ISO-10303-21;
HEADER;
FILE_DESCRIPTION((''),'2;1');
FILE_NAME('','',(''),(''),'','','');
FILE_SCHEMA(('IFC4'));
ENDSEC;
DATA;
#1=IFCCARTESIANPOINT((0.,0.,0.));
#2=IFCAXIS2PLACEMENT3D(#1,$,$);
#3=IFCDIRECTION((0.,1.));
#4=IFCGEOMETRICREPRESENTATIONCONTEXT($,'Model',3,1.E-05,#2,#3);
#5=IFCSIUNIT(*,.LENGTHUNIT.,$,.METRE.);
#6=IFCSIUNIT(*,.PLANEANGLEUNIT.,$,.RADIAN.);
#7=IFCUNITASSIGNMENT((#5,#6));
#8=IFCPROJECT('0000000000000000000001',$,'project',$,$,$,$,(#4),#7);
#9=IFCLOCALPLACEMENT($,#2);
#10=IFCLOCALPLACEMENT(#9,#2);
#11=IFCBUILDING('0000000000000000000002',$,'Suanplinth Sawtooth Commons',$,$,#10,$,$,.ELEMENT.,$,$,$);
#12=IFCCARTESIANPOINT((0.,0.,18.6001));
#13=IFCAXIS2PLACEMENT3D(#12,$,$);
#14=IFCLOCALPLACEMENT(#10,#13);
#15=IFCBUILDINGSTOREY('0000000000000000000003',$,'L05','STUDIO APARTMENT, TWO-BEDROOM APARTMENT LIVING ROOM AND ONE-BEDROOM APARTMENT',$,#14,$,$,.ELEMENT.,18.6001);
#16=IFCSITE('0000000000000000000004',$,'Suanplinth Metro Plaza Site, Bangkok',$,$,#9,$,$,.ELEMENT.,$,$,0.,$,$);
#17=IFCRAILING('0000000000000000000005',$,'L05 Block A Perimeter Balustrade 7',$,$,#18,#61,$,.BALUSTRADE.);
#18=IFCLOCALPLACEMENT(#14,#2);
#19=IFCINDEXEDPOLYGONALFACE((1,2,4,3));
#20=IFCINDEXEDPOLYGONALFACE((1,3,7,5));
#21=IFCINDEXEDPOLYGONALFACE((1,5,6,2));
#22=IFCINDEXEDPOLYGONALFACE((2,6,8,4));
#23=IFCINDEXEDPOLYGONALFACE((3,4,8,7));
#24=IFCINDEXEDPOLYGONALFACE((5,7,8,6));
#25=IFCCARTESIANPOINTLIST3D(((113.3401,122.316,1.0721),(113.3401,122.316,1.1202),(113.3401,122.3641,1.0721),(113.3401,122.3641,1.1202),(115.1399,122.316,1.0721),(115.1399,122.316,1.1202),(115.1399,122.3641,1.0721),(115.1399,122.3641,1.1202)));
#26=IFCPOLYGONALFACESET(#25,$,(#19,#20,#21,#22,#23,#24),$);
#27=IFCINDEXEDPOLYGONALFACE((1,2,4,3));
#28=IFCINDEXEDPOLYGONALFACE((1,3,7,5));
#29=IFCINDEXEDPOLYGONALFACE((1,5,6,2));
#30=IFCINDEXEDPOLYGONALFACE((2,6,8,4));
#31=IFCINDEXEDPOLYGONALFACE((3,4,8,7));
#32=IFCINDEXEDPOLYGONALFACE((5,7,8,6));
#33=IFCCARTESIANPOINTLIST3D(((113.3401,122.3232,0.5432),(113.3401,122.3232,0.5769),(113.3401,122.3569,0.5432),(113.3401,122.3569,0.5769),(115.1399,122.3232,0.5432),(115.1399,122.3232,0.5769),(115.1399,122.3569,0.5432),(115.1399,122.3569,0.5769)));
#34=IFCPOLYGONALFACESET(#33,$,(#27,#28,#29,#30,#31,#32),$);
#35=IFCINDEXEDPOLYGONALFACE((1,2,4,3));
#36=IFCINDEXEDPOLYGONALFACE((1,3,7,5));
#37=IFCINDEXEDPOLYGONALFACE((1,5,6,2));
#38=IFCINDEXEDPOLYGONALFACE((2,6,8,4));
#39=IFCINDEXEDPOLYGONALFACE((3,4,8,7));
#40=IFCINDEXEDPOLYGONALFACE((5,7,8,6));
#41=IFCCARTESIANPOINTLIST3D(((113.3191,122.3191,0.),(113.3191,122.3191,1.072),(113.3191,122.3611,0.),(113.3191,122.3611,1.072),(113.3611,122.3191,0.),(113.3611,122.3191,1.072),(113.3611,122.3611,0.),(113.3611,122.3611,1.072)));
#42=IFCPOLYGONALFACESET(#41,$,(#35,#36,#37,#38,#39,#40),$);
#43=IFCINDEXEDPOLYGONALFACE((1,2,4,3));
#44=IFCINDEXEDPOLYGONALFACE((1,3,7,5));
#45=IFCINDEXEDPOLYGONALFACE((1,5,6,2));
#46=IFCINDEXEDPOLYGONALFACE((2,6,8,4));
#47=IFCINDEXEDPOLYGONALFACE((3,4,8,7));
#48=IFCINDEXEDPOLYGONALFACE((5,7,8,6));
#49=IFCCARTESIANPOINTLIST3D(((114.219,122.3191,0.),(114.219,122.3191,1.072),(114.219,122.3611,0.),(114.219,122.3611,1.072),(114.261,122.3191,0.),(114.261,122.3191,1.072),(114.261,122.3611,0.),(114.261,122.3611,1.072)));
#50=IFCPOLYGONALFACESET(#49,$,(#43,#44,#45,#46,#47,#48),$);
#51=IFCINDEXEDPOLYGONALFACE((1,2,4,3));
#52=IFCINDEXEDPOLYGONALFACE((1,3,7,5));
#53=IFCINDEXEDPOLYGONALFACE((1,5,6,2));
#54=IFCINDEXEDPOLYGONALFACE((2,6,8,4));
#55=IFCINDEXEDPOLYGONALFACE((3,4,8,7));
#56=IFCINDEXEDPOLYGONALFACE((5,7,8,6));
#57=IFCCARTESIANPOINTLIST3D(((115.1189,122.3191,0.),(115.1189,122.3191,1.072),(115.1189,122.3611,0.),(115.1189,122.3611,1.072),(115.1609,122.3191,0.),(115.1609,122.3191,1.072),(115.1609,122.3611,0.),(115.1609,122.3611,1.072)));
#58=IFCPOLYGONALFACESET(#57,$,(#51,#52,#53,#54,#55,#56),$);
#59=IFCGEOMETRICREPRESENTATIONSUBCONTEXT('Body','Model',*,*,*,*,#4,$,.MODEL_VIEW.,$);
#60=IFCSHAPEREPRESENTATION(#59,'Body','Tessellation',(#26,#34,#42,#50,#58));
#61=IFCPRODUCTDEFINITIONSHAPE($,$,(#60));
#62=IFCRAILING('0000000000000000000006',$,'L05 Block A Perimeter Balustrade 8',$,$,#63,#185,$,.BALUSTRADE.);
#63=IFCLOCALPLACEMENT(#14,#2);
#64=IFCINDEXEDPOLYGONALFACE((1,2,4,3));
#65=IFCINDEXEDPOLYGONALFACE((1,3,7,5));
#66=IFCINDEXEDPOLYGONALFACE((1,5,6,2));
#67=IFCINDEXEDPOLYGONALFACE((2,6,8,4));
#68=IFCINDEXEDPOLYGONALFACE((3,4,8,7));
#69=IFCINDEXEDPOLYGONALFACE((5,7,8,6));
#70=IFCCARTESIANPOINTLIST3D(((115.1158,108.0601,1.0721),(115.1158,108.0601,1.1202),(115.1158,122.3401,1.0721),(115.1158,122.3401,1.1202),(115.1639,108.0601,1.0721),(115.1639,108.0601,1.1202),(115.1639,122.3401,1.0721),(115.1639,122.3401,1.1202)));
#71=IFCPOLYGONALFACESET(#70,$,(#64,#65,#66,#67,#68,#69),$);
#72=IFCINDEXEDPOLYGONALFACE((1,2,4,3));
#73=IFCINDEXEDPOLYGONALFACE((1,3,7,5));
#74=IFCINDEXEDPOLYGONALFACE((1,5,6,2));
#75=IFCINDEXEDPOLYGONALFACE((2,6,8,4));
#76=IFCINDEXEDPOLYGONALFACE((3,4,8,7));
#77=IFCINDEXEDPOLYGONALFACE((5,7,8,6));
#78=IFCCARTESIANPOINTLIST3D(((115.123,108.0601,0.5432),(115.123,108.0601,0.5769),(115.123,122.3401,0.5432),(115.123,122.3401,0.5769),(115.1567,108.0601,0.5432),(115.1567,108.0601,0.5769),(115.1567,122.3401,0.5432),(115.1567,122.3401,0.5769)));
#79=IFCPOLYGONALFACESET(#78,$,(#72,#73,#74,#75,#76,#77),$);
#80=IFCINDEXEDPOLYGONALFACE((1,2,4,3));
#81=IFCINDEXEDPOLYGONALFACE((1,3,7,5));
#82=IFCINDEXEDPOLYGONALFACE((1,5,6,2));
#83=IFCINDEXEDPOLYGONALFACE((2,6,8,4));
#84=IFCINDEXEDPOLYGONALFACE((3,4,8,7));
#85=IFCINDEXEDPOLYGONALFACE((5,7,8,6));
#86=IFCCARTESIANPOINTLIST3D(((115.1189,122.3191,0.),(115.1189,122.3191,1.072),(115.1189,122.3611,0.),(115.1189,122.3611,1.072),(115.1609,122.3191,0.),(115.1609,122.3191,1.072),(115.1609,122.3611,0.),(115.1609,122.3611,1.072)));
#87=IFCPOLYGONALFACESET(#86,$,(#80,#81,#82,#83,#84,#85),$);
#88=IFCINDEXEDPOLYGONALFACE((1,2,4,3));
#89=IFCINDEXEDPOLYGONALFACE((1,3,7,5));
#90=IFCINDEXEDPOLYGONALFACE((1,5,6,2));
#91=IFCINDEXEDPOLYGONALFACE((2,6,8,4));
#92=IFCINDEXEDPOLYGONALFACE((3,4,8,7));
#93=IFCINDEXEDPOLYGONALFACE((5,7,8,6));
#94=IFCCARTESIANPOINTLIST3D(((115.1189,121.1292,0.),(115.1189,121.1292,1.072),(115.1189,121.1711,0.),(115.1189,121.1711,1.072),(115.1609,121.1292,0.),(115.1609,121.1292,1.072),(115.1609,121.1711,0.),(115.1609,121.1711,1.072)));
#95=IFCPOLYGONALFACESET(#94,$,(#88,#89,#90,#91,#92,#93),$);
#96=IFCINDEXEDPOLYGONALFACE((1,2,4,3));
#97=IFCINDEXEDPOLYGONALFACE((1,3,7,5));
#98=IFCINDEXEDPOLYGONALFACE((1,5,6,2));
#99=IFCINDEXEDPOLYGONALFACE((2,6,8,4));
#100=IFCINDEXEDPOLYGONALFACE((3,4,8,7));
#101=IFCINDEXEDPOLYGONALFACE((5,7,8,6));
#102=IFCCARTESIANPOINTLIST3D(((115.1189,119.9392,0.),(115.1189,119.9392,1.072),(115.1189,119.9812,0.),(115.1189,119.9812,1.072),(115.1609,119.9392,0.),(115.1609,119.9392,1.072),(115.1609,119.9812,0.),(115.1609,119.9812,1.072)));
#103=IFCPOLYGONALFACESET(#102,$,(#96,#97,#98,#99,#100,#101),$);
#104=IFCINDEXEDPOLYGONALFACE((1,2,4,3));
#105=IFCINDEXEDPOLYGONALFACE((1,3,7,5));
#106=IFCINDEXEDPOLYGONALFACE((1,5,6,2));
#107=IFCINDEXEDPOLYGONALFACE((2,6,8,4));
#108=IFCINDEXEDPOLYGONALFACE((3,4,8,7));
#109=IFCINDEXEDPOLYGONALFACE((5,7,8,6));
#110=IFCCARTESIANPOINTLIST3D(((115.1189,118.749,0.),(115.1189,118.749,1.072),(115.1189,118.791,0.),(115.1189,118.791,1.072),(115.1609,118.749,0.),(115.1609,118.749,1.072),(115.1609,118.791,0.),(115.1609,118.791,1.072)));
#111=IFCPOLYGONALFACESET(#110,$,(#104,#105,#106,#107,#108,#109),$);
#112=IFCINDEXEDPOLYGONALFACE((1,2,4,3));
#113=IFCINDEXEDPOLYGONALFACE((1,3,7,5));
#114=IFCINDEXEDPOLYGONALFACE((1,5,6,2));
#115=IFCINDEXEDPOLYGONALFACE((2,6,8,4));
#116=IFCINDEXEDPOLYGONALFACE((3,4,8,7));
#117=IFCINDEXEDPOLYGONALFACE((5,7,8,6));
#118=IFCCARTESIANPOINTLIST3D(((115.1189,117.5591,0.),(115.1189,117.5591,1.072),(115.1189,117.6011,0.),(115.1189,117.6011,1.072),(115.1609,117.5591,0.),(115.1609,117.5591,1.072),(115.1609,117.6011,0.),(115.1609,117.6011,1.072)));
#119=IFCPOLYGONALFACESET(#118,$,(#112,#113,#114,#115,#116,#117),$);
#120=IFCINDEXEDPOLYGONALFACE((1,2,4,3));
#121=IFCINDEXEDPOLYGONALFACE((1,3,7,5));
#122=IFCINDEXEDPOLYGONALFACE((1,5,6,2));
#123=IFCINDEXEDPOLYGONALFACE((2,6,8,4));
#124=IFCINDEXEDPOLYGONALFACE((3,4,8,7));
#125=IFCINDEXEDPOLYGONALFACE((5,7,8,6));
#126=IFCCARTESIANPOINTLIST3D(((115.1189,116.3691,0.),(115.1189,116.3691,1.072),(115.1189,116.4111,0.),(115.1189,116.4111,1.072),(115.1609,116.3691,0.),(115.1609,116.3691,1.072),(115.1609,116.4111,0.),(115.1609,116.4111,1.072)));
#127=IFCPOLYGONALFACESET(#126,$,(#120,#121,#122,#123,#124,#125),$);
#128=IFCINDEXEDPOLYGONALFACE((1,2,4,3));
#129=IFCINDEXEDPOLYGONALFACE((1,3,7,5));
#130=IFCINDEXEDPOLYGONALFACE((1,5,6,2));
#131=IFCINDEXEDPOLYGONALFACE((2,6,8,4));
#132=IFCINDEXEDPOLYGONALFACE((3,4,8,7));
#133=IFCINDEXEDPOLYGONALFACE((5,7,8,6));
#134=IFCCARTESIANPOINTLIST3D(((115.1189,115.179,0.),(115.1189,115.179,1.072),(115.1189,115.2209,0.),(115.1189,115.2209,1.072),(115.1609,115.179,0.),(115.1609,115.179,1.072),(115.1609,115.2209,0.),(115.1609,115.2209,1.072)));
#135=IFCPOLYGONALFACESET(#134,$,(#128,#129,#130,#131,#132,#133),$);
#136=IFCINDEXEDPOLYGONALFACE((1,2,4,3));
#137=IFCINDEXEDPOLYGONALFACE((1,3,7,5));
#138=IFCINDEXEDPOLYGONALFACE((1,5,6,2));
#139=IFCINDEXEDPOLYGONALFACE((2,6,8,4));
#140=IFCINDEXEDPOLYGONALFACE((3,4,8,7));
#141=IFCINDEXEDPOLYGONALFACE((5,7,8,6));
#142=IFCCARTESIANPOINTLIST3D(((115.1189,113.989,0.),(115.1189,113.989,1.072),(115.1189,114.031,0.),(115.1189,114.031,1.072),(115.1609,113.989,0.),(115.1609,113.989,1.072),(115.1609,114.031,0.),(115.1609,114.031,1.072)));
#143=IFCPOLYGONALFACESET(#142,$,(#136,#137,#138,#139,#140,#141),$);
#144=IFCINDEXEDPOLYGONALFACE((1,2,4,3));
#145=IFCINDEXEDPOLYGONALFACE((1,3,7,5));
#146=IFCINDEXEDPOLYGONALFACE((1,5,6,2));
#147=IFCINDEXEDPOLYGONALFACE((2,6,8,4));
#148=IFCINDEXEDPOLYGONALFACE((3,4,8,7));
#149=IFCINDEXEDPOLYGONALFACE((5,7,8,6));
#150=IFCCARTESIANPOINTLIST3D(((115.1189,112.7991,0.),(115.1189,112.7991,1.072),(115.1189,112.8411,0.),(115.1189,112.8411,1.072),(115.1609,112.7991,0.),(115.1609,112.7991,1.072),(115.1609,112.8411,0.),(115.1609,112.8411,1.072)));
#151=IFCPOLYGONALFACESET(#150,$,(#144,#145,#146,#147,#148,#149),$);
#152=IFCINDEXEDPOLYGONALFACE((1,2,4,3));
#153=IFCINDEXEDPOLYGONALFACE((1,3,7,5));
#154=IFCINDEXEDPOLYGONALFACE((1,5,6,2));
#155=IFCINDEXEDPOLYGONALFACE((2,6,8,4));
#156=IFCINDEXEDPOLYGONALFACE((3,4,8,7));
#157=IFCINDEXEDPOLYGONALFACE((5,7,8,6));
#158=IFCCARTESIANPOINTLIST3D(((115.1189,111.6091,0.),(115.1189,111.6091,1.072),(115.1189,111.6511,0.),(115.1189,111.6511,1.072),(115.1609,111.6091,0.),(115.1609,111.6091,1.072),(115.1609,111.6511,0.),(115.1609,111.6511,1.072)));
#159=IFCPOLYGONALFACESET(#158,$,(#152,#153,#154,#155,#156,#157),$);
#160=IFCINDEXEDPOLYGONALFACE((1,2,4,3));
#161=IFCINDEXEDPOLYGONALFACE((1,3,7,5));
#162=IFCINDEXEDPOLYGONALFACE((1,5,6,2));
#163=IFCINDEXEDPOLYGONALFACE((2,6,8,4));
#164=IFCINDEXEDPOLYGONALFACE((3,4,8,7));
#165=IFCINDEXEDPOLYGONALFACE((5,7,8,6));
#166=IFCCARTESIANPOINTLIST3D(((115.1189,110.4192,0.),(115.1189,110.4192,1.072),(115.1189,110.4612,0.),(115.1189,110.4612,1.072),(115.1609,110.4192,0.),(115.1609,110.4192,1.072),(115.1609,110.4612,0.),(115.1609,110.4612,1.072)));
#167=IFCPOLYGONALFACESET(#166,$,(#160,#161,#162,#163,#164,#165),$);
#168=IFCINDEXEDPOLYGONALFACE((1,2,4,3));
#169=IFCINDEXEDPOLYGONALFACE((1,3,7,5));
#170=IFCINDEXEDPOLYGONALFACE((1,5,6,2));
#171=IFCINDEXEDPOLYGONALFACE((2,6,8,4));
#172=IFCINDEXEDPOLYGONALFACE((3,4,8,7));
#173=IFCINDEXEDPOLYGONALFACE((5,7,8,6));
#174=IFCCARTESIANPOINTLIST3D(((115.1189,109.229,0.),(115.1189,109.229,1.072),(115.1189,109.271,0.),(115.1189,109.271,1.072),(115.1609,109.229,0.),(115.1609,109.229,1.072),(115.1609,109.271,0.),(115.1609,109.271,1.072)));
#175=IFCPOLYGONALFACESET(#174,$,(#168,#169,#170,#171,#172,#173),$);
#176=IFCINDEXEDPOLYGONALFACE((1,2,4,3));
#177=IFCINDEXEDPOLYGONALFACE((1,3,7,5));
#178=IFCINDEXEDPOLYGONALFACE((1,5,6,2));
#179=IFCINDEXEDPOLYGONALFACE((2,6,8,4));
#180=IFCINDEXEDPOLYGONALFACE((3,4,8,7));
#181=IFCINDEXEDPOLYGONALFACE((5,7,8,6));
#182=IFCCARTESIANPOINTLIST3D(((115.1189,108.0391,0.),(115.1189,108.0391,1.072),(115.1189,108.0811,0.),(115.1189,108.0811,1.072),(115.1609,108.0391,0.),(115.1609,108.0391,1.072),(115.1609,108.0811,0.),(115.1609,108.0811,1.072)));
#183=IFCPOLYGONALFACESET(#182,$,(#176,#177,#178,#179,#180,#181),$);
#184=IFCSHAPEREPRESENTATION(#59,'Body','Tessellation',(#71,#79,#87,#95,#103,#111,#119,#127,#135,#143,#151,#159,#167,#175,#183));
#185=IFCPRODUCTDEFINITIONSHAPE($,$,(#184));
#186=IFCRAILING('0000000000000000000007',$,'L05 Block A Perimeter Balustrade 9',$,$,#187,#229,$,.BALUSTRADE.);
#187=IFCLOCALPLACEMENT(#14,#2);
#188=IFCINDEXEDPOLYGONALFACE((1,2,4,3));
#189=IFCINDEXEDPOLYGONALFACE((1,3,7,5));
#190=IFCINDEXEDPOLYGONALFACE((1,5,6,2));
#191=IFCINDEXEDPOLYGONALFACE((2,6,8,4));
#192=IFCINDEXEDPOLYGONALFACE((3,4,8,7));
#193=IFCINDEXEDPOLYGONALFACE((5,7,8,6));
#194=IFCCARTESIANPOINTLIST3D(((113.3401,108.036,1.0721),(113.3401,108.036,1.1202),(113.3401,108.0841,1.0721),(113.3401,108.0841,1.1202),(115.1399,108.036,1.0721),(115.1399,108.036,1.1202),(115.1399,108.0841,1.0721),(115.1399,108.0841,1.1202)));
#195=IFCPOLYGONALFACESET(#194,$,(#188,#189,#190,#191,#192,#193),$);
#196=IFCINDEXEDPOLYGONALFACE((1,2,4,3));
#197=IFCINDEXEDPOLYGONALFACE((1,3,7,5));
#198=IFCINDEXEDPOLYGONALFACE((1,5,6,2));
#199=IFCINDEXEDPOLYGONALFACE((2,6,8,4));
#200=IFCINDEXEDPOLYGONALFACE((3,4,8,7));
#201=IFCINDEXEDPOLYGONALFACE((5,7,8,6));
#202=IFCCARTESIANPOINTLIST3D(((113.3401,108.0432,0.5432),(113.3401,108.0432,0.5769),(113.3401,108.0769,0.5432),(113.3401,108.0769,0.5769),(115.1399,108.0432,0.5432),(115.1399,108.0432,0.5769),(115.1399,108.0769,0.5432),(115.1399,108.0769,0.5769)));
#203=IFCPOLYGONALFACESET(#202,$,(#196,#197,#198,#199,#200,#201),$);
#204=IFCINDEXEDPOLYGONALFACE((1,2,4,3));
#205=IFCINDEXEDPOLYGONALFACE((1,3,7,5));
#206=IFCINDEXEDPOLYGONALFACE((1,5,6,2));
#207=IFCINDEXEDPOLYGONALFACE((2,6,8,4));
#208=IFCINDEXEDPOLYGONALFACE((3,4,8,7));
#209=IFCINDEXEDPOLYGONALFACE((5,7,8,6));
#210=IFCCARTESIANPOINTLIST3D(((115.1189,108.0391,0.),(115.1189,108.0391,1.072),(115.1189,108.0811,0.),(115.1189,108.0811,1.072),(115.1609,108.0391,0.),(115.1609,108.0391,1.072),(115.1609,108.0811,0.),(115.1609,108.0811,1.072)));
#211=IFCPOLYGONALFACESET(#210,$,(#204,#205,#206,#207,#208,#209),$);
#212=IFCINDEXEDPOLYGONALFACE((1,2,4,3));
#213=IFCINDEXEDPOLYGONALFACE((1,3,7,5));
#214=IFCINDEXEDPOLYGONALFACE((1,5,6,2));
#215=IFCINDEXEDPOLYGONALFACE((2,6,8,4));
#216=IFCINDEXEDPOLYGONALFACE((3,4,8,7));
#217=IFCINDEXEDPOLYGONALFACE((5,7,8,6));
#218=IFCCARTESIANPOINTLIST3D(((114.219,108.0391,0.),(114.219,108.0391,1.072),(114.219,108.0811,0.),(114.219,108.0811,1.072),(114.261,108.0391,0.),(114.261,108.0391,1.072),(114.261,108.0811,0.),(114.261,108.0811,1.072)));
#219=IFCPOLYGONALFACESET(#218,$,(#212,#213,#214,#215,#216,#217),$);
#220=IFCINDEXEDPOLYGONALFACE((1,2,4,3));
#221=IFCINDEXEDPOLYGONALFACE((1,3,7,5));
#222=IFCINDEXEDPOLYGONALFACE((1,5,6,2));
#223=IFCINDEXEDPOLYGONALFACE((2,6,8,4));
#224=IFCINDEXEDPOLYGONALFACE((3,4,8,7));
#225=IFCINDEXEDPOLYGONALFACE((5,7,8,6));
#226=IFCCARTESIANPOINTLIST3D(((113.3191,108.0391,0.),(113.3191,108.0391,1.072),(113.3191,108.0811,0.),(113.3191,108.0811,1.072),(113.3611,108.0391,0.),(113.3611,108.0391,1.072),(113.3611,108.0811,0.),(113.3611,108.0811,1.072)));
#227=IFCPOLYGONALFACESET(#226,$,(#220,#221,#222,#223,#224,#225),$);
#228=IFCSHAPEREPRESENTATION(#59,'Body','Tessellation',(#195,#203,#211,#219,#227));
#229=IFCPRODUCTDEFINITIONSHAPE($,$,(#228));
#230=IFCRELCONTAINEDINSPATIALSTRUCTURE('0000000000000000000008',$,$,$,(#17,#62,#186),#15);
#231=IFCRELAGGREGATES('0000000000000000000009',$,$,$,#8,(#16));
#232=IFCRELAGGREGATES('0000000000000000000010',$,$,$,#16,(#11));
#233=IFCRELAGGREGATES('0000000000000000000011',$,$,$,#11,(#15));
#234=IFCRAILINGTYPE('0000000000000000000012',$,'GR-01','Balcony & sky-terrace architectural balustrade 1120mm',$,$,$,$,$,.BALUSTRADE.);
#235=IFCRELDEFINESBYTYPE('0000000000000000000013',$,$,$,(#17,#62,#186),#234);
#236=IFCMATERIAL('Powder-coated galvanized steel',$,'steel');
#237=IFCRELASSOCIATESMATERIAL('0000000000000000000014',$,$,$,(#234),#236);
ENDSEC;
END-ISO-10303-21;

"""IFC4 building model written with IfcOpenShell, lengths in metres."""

from ifc_helpers import new_model, si_unit, direction, frame, origin, origin_2d, place, context, subcontext, project, spatial, rectangle, extrude, material, type_object, element, save


model = new_model("IFC4")

# Units and contexts
model_context = context("Model", 3, precision=1e-05, world=origin(), true_north=direction((0.0, 1.0)))
body_context = subcontext(model_context, "Body", "Model", "MODEL_VIEW")
ifc_project = project(units=[si_unit("LENGTHUNIT", "METRE"), si_unit("PLANEANGLEUNIT", "RADIAN")], contexts=[model_context])

# Site, building, storey
site_placement = place(None, origin())
site = spatial("IfcSite", under=ifc_project, at=site_placement, Name="Suanplinth Metro Plaza Site, Bangkok", CompositionType="ELEMENT", RefElevation=0.0)
building_placement = place(site_placement, origin())
building = spatial("IfcBuilding", under=site, at=building_placement, Name="Suanplinth Sawtooth Commons", CompositionType="ELEMENT")
storey_placement = place(building_placement, frame((0.0, 0.0, 18.6001)))
storey = spatial("IfcBuildingStorey", under=building, at=storey_placement, Name="L05", Description="STUDIO APARTMENT, TWO-BEDROOM APARTMENT LIVING ROOM AND ONE-BEDROOM APARTMENT", CompositionType="ELEMENT", Elevation=18.6001)

# Railings
ifc_material_1 = material(Name="Powder-coated galvanized steel", Category="steel")
railing_type = type_object("IfcRailingType", Name="GR-01", Description="Balcony & sky-terrace architectural balustrade 1120mm", PredefinedType="BALUSTRADE", material=ifc_material_1)
railing_1_placement = place(storey_placement, frame((113.3401, 122.3401, 0.0)))
element("IfcRailing", 1, at=railing_1_placement, inside=storey, type_object=railing_type, Name="L05 Block A Perimeter Balustrade 7", PredefinedType="BALUSTRADE", context=body_context, shape_type="SweptSolid", body=[
    extrude(rectangle(XDim=0.0481, YDim=0.0481, at=origin_2d()), frame((0.0, 0.0, 1.0962), z_axis=(1.0, 0.0, 0.0), x_axis=(0.0, 1.0, 0.0)), (0.0, 0.0, 1.0), 1.7998),
    extrude(rectangle(XDim=0.0337, YDim=0.0337, at=origin_2d()), frame((0.0, 0.0, 0.5601), z_axis=(1.0, 0.0, 0.0), x_axis=(0.0, 1.0, 0.0)), (0.0, 0.0, 1.0), 1.7998),
    extrude(rectangle(XDim=0.042, YDim=0.042, at=origin_2d()), origin(), (0.0, 0.0, 1.0), 1.072),
    extrude(rectangle(XDim=0.042, YDim=0.042, at=origin_2d()), frame((0.8999, 0.0, 0.0)), (0.0, 0.0, 1.0), 1.072),
    extrude(rectangle(XDim=0.042, YDim=0.042, at=origin_2d()), frame((1.7998, 0.0, 0.0)), (0.0, 0.0, 1.0), 1.072),
])
railing_2_placement = place(storey_placement, frame((115.1399, 122.3401, 0.0)))
element("IfcRailing", 2, at=railing_2_placement, inside=storey, type_object=railing_type, Name="L05 Block A Perimeter Balustrade 8", PredefinedType="BALUSTRADE", context=body_context, shape_type="SweptSolid", body=[
    extrude(rectangle(XDim=0.0481, YDim=0.0481, at=origin_2d()), frame((0.0, 0.0, 1.0962), z_axis=(0.0, -1.0, 0.0), x_axis=(1.0, 0.0, 0.0)), (0.0, 0.0, 1.0), 14.28),
    extrude(rectangle(XDim=0.0337, YDim=0.0337, at=origin_2d()), frame((0.0, 0.0, 0.5601), z_axis=(0.0, -1.0, 0.0), x_axis=(1.0, 0.0, 0.0)), (0.0, 0.0, 1.0), 14.28),
    extrude(rectangle(XDim=0.042, YDim=0.042, at=origin_2d()), origin(), (0.0, 0.0, 1.0), 1.072),
    extrude(rectangle(XDim=0.042, YDim=0.042, at=origin_2d()), frame((0.0, -1.1899, 0.0)), (0.0, 0.0, 1.0), 1.072),
    extrude(rectangle(XDim=0.042, YDim=0.042, at=origin_2d()), frame((0.0, -2.3799, 0.0)), (0.0, 0.0, 1.0), 1.072),
    extrude(rectangle(XDim=0.042, YDim=0.042, at=origin_2d()), frame((0.0, -3.5701, 0.0)), (0.0, 0.0, 1.0), 1.072),
    extrude(rectangle(XDim=0.042, YDim=0.042, at=origin_2d()), frame((0.0, -4.76, 0.0)), (0.0, 0.0, 1.0), 1.072),
    extrude(rectangle(XDim=0.042, YDim=0.042, at=origin_2d()), frame((0.0, -5.95, 0.0)), (0.0, 0.0, 1.0), 1.072),
    extrude(rectangle(XDim=0.042, YDim=0.042, at=origin_2d()), frame((0.0, -7.1401, 0.0)), (0.0, 0.0, 1.0), 1.072),
    extrude(rectangle(XDim=0.042, YDim=0.042, at=origin_2d()), frame((0.0, -8.3301, 0.0)), (0.0, 0.0, 1.0), 1.072),
    extrude(rectangle(XDim=0.042, YDim=0.042, at=origin_2d()), frame((0.0, -9.52, 0.0)), (0.0, 0.0, 1.0), 1.072),
    extrude(rectangle(XDim=0.042, YDim=0.042, at=origin_2d()), frame((0.0, -10.71, 0.0)), (0.0, 0.0, 1.0), 1.072),
    extrude(rectangle(XDim=0.042, YDim=0.042, at=origin_2d()), frame((0.0, -11.8999, 0.0)), (0.0, 0.0, 1.0), 1.072),
    extrude(rectangle(XDim=0.042, YDim=0.042, at=origin_2d()), frame((0.0, -13.0901, 0.0)), (0.0, 0.0, 1.0), 1.072),
    extrude(rectangle(XDim=0.042, YDim=0.042, at=origin_2d()), frame((0.0, -14.28, 0.0)), (0.0, 0.0, 1.0), 1.072),
])
railing_3_placement = place(storey_placement, frame((115.1399, 108.0601, 0.0)))
element("IfcRailing", 3, at=railing_3_placement, inside=storey, type_object=railing_type, Name="L05 Block A Perimeter Balustrade 9", PredefinedType="BALUSTRADE", context=body_context, shape_type="SweptSolid", body=[
    extrude(rectangle(XDim=0.0481, YDim=0.0481, at=origin_2d()), frame((0.0, 0.0, 1.0962), z_axis=(-1.0, 0.0, 0.0), x_axis=(0.0, -1.0, 0.0)), (0.0, 0.0, 1.0), 1.7998),
    extrude(rectangle(XDim=0.0337, YDim=0.0337, at=origin_2d()), frame((0.0, 0.0, 0.5601), z_axis=(-1.0, 0.0, 0.0), x_axis=(0.0, -1.0, 0.0)), (0.0, 0.0, 1.0), 1.7998),
    extrude(rectangle(XDim=0.042, YDim=0.042, at=origin_2d()), origin(), (0.0, 0.0, 1.0), 1.072),
    extrude(rectangle(XDim=0.042, YDim=0.042, at=origin_2d()), frame((-0.8999, 0.0, 0.0)), (0.0, 0.0, 1.0), 1.072),
    extrude(rectangle(XDim=0.042, YDim=0.042, at=origin_2d()), frame((-1.7998, 0.0, 0.0)), (0.0, 0.0, 1.0), 1.072),
])

save(model, "model.ifc")
